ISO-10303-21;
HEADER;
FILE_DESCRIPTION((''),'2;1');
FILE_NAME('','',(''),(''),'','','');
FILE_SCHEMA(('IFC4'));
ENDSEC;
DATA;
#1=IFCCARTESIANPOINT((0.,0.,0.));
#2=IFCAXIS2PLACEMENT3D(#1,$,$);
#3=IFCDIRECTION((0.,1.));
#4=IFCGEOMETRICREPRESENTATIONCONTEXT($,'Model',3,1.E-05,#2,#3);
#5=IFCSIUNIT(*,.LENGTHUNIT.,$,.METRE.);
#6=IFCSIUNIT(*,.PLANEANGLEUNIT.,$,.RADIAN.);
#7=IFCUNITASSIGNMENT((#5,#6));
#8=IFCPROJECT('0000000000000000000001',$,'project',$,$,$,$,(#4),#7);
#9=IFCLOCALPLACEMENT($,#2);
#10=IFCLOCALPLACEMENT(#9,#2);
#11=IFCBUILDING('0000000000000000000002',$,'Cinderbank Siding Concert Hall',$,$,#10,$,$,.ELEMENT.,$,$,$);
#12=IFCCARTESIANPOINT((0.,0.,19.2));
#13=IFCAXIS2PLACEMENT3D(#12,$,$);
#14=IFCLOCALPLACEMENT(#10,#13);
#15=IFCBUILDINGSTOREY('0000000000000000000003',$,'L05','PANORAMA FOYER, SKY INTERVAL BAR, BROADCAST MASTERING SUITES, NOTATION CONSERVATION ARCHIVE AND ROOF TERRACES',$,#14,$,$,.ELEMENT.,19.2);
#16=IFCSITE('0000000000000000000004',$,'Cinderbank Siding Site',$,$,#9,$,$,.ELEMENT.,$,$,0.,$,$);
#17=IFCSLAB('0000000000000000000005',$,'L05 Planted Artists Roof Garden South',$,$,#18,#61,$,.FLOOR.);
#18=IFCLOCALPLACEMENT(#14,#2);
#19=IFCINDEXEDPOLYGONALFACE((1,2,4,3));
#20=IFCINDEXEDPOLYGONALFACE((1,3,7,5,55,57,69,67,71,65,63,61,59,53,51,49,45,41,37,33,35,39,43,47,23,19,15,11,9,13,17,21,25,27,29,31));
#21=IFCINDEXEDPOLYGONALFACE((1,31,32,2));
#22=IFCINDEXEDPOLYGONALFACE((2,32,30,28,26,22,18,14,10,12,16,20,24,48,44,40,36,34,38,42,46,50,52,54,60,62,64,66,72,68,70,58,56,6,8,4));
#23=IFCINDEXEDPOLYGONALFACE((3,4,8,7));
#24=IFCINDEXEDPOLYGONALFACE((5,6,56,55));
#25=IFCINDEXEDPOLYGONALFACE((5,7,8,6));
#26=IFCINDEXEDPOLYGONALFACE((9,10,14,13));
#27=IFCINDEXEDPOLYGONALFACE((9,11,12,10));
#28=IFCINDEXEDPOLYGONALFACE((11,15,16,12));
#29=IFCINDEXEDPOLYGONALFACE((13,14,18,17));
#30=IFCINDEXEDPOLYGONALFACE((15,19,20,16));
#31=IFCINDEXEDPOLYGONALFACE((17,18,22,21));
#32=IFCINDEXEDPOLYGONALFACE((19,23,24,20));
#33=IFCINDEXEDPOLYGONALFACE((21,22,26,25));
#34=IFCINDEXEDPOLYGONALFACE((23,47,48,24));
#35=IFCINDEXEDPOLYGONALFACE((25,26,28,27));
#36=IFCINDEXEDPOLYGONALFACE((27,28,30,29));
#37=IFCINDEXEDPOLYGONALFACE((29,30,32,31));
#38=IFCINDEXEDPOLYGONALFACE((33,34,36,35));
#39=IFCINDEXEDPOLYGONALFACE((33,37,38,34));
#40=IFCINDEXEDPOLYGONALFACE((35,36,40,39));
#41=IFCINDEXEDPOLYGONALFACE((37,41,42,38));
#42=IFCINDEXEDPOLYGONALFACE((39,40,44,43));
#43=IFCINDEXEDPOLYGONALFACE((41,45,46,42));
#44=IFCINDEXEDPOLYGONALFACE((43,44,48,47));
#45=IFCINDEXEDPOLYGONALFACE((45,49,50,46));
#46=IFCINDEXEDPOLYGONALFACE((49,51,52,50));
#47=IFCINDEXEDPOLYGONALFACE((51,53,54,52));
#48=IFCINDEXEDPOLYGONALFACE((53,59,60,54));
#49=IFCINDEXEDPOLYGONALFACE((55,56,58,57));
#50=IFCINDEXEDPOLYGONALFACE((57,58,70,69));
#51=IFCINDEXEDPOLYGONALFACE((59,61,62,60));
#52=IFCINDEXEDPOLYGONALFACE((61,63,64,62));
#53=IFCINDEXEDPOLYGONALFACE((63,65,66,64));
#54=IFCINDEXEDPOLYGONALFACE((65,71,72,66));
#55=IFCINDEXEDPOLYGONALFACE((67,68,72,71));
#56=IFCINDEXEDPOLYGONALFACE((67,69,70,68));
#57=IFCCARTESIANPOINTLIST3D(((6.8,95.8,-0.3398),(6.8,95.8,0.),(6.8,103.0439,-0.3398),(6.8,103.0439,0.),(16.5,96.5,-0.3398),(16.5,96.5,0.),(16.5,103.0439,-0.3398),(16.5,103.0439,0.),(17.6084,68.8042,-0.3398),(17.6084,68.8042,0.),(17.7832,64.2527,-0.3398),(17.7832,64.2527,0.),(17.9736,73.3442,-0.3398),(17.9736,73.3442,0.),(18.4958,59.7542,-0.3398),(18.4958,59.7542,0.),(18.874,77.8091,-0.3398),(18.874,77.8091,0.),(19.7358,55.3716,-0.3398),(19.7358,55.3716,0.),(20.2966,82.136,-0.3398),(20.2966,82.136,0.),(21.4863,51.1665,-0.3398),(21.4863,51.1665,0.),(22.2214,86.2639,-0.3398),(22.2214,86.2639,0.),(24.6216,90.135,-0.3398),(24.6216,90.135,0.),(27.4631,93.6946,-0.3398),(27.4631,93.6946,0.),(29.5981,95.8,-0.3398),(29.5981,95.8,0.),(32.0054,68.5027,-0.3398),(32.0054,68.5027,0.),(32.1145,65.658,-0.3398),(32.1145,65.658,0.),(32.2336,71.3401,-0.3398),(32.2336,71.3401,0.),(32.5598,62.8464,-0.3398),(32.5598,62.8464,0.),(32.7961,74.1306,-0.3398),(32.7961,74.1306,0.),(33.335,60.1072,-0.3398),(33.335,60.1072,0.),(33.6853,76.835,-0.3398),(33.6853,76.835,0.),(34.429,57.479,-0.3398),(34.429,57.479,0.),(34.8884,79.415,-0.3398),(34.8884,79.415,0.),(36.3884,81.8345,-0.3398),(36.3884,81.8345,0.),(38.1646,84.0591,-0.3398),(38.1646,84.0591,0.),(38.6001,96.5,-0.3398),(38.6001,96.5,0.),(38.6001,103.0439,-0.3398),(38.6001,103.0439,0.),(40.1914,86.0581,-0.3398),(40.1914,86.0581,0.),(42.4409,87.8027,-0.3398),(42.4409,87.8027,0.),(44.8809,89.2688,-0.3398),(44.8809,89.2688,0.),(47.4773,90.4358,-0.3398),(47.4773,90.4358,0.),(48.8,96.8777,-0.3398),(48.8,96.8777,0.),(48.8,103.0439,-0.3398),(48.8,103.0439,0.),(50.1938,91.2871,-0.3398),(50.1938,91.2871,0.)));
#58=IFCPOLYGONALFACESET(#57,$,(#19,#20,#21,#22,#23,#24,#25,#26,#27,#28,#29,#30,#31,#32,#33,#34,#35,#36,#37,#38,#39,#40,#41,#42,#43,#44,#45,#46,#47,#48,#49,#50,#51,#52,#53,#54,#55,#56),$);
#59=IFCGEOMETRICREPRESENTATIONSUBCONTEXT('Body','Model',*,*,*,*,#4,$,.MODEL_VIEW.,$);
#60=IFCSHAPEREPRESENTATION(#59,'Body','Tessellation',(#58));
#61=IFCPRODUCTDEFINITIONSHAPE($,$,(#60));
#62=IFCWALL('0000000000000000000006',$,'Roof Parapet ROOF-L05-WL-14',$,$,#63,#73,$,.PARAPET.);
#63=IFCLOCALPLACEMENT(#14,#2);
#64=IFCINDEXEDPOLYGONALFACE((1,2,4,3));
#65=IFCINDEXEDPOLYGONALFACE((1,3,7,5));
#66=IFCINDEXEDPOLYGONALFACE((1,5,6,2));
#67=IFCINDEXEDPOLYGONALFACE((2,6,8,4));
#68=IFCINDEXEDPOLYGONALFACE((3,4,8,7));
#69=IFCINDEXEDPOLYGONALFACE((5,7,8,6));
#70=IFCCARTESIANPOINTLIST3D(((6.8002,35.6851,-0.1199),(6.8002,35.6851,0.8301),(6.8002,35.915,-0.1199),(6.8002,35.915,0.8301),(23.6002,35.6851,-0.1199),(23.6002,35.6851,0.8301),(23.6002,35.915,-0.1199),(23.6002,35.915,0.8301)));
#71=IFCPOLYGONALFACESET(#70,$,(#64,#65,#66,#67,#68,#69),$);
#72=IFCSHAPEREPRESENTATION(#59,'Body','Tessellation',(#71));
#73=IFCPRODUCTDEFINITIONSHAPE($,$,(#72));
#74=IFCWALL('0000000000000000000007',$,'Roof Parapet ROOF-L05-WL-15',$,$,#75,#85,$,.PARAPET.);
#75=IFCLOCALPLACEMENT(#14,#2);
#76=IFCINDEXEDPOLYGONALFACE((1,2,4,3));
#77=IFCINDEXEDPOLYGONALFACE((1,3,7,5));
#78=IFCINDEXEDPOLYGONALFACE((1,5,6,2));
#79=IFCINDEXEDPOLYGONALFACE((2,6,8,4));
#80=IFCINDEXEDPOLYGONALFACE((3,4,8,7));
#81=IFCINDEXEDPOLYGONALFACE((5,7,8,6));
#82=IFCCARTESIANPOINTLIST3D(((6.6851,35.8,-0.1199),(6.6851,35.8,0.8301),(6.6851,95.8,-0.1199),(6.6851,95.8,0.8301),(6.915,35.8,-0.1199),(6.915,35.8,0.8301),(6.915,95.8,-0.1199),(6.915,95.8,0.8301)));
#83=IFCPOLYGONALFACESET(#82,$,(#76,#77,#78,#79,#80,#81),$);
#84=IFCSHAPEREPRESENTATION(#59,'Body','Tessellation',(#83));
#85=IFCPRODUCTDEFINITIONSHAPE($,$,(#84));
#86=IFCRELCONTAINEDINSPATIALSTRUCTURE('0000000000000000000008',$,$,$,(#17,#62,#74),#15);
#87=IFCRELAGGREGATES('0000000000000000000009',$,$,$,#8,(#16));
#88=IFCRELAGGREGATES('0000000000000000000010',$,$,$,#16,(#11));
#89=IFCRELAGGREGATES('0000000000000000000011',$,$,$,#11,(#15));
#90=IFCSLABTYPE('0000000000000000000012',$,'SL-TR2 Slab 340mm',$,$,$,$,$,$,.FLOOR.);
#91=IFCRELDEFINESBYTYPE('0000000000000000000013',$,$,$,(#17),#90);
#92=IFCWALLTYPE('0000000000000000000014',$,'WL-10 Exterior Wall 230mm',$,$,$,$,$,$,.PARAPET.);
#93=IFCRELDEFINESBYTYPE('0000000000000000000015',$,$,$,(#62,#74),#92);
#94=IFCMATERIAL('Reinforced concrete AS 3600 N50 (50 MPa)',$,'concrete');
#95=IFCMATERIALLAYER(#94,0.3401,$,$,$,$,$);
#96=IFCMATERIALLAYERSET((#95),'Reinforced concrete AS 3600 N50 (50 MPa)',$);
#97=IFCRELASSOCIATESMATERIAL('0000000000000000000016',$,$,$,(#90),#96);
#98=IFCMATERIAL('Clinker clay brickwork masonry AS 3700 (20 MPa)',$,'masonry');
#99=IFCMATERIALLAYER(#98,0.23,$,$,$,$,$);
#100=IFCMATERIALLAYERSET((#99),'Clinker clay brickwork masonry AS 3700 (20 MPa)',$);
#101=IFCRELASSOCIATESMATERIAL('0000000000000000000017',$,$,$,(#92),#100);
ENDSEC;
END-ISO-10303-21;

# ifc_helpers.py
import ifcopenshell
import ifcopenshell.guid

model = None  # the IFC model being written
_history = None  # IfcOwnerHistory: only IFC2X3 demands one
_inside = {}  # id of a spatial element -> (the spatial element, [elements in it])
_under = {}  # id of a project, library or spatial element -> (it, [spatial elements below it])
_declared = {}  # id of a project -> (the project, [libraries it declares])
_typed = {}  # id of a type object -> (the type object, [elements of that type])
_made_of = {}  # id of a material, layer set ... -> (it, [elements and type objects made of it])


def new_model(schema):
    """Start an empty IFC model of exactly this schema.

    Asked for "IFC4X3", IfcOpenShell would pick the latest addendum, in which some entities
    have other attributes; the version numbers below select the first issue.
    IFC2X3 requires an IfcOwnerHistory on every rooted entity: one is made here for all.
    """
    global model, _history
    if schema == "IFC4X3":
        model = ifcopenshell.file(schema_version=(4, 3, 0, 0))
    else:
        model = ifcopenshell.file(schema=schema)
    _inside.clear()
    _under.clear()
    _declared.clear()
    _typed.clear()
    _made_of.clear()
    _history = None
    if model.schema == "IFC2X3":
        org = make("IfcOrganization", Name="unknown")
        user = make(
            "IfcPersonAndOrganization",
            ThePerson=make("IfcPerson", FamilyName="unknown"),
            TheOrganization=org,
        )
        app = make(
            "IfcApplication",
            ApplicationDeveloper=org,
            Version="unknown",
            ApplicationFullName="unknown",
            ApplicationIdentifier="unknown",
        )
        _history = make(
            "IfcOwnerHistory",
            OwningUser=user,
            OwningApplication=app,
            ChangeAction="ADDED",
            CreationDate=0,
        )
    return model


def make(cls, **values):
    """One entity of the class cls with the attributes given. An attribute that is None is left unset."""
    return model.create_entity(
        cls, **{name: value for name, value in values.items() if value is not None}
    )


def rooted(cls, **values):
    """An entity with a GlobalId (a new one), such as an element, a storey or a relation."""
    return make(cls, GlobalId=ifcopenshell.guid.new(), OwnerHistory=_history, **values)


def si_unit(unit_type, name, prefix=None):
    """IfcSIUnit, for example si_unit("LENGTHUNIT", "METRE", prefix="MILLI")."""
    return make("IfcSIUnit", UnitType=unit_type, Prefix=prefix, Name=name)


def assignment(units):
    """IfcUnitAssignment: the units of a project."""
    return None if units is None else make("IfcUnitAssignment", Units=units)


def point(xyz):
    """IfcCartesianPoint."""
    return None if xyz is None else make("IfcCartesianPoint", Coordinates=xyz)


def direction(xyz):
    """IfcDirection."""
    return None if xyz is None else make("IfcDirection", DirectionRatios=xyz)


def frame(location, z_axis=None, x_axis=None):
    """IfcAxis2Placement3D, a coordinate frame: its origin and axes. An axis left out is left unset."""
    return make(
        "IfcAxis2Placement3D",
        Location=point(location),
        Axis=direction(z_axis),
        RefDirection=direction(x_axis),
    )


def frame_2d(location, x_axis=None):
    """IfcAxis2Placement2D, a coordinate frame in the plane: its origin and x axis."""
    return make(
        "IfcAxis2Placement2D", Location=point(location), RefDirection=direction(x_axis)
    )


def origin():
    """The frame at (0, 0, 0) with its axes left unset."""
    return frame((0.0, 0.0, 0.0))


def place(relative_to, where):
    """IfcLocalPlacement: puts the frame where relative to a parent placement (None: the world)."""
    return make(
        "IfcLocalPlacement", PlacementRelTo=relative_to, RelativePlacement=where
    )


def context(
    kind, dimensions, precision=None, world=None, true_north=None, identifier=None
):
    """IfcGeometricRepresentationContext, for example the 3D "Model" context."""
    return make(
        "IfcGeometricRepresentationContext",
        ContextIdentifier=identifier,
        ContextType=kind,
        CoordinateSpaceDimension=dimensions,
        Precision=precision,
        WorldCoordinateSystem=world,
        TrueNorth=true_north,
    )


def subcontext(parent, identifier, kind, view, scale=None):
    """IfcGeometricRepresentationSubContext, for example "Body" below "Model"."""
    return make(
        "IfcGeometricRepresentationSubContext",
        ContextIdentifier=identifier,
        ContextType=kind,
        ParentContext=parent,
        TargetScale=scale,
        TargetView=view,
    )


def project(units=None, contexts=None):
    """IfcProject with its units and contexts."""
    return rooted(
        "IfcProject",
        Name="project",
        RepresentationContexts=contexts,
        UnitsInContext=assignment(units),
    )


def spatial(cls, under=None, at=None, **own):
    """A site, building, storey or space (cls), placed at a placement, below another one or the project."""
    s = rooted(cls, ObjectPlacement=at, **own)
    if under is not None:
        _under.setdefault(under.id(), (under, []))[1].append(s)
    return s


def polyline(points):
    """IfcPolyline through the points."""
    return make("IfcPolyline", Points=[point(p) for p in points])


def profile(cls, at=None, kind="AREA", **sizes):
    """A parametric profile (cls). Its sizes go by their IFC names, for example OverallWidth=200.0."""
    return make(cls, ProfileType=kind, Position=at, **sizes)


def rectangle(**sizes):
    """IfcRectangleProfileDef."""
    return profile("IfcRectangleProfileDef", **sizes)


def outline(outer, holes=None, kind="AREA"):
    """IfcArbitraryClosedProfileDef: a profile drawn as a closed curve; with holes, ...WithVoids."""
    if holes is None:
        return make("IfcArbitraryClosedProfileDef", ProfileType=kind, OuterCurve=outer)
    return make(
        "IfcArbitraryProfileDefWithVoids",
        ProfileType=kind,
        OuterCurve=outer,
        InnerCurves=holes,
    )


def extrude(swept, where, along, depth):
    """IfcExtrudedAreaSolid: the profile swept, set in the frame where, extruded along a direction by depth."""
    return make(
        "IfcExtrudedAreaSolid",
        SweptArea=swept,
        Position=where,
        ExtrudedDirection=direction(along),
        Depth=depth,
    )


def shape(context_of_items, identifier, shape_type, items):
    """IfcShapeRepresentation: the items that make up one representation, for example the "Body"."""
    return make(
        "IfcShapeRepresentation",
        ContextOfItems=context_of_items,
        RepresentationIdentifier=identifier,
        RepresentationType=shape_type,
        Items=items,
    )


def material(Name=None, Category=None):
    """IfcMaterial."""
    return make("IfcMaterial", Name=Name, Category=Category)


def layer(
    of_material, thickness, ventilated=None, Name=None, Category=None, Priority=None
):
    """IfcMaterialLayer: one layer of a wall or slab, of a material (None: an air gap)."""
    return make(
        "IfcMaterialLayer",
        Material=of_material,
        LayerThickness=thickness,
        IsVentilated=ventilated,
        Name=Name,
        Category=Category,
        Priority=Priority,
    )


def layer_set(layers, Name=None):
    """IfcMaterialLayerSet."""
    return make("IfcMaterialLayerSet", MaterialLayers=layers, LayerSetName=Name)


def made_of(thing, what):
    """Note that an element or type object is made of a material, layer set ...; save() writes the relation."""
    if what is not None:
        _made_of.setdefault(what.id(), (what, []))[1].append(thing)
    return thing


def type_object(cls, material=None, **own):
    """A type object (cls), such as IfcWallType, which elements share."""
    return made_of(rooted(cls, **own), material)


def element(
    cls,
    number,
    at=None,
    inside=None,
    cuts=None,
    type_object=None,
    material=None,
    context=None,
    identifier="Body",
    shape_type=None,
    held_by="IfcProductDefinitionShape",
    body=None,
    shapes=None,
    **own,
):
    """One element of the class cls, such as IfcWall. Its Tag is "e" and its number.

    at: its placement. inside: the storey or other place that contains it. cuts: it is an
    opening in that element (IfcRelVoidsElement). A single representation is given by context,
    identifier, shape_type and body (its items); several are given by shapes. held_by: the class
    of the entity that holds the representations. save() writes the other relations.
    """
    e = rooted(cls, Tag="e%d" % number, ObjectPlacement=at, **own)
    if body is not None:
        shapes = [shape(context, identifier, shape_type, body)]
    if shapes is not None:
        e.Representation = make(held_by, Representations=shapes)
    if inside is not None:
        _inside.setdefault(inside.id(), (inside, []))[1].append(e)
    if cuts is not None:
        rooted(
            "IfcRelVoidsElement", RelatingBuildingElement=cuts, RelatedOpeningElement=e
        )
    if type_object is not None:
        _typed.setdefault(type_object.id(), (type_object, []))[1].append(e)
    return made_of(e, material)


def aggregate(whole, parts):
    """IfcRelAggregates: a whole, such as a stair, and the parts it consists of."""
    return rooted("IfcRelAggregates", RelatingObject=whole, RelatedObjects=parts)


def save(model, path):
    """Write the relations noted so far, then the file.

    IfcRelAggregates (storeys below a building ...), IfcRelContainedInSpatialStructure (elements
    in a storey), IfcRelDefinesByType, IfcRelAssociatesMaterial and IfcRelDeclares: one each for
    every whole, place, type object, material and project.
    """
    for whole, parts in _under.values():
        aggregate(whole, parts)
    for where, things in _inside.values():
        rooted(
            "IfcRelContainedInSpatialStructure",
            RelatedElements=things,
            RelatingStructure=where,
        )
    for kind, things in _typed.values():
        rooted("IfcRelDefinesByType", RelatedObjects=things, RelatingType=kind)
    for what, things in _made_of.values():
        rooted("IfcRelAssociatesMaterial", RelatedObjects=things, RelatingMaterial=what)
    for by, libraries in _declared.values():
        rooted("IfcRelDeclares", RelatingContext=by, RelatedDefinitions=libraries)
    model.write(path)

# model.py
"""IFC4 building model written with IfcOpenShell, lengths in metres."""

from ifc_helpers import new_model, si_unit, direction, frame, frame_2d, origin, place, context, subcontext, project, spatial, polyline, rectangle, outline, extrude, material, layer, layer_set, type_object, element, save


model = new_model("IFC4")

# Units and contexts
model_context = context("Model", 3, precision=1e-05, world=origin(), true_north=direction((0.0, 1.0)))
body_context = subcontext(model_context, "Body", "Model", "MODEL_VIEW")
ifc_project = project(units=[si_unit("LENGTHUNIT", "METRE"), si_unit("PLANEANGLEUNIT", "RADIAN")], contexts=[model_context])

# Site, building, storey
site_placement = place(None, origin())
site = spatial("IfcSite", under=ifc_project, at=site_placement, Name="Cinderbank Siding Site", CompositionType="ELEMENT", RefElevation=0.0)
building_placement = place(site_placement, origin())
building = spatial("IfcBuilding", under=site, at=building_placement, Name="Cinderbank Siding Concert Hall", CompositionType="ELEMENT")
storey_placement = place(building_placement, frame((0.0, 0.0, 19.2)))
storey = spatial("IfcBuildingStorey", under=building, at=storey_placement, Name="L05", Description="PANORAMA FOYER, SKY INTERVAL BAR, BROADCAST MASTERING SUITES, NOTATION CONSERVATION ARCHIVE AND ROOF TERRACES", CompositionType="ELEMENT", Elevation=19.2)

# Shared definitions
ifc_material_1 = material(Name="Reinforced concrete AS 3600 N50 (50 MPa)", Category="concrete")

# Slab
ifc_layer_1 = layer(ifc_material_1, 0.3401)
ifc_layer_set_1 = layer_set([ifc_layer_1], Name="Reinforced concrete AS 3600 N50 (50 MPa)")
slab_type_1 = type_object("IfcSlabType", Name="SL-TR2 Slab 340mm", PredefinedType="FLOOR", material=ifc_layer_set_1)
slab_1_placement = place(storey_placement, frame((0.0, 0.0, -0.3398)))
element("IfcSlab", 1, at=slab_1_placement, inside=storey, type_object=slab_type_1, Name="L05 Planted Artists Roof Garden South", PredefinedType="FLOOR", context=body_context, shape_type="SweptSolid", body=[
    extrude(outline(polyline([(44.8809, 89.2688), (42.4409, 87.8027), (40.1914, 86.0581), (38.1646, 84.0591), (36.3884, 81.8345), (34.8884, 79.415), (33.6853, 76.835), (32.7961, 74.1306), (32.2336, 71.3401), (32.0054, 68.5027), (32.1145, 65.658), (32.5598, 62.8464), (33.335, 60.1072), (34.429, 57.479), (21.4863, 51.1665), (19.7358, 55.3716), (18.4958, 59.7542), (17.7832, 64.2527), (17.6084, 68.8042), (17.9736, 73.3442), (18.874, 77.8091), (20.2966, 82.136), (22.2214, 86.2639), (24.6216, 90.135), (27.4631, 93.6946), (29.5981, 95.8), (6.8, 95.8), (6.8, 103.0439), (16.5, 103.0439), (16.5, 96.5), (38.6001, 96.5), (38.6001, 103.0439), (48.8, 103.0439), (48.8, 96.8777), (50.1938, 91.2871), (47.4773, 90.4358), (44.8809, 89.2688)])), origin(), (0.0, 0.0, 1.0), 0.3398),
])

# Walls
ifc_material_2 = material(Name="Clinker clay brickwork masonry AS 3700 (20 MPa)", Category="masonry")
ifc_layer_2 = layer(ifc_material_2, 0.23)
ifc_layer_set_2 = layer_set([ifc_layer_2], Name="Clinker clay brickwork masonry AS 3700 (20 MPa)")
wall_type = type_object("IfcWallType", Name="WL-10 Exterior Wall 230mm", PredefinedType="PARAPET", material=ifc_layer_set_2)
wall_1_placement = place(storey_placement, frame((23.6001, 35.8, -0.1199), z_axis=(0.0, 0.0, 1.0), x_axis=(-1.0, 0.0, 0.0)))
element("IfcWall", 2, at=wall_1_placement, inside=storey, type_object=wall_type, Name="Roof Parapet ROOF-L05-WL-14", PredefinedType="PARAPET", context=body_context, shape_type="SweptSolid", body=[
    extrude(rectangle(XDim=16.8, YDim=0.23, at=frame_2d((8.3999, 0.0))), origin(), (0.0, 0.0, 1.0), 0.95),
])
wall_2_placement = place(storey_placement, frame((6.8, 35.8, -0.1199), z_axis=(0.0, 0.0, 1.0), x_axis=(0.0, 1.0, 0.0)))
element("IfcWall", 3, at=wall_2_placement, inside=storey, type_object=wall_type, Name="Roof Parapet ROOF-L05-WL-15", PredefinedType="PARAPET", context=body_context, shape_type="SweptSolid", body=[
    extrude(rectangle(XDim=60.0, YDim=0.23, at=frame_2d((30.0, 0.0))), origin(), (0.0, 0.0, 1.0), 0.95),
])

save(model, "model.ifc")
